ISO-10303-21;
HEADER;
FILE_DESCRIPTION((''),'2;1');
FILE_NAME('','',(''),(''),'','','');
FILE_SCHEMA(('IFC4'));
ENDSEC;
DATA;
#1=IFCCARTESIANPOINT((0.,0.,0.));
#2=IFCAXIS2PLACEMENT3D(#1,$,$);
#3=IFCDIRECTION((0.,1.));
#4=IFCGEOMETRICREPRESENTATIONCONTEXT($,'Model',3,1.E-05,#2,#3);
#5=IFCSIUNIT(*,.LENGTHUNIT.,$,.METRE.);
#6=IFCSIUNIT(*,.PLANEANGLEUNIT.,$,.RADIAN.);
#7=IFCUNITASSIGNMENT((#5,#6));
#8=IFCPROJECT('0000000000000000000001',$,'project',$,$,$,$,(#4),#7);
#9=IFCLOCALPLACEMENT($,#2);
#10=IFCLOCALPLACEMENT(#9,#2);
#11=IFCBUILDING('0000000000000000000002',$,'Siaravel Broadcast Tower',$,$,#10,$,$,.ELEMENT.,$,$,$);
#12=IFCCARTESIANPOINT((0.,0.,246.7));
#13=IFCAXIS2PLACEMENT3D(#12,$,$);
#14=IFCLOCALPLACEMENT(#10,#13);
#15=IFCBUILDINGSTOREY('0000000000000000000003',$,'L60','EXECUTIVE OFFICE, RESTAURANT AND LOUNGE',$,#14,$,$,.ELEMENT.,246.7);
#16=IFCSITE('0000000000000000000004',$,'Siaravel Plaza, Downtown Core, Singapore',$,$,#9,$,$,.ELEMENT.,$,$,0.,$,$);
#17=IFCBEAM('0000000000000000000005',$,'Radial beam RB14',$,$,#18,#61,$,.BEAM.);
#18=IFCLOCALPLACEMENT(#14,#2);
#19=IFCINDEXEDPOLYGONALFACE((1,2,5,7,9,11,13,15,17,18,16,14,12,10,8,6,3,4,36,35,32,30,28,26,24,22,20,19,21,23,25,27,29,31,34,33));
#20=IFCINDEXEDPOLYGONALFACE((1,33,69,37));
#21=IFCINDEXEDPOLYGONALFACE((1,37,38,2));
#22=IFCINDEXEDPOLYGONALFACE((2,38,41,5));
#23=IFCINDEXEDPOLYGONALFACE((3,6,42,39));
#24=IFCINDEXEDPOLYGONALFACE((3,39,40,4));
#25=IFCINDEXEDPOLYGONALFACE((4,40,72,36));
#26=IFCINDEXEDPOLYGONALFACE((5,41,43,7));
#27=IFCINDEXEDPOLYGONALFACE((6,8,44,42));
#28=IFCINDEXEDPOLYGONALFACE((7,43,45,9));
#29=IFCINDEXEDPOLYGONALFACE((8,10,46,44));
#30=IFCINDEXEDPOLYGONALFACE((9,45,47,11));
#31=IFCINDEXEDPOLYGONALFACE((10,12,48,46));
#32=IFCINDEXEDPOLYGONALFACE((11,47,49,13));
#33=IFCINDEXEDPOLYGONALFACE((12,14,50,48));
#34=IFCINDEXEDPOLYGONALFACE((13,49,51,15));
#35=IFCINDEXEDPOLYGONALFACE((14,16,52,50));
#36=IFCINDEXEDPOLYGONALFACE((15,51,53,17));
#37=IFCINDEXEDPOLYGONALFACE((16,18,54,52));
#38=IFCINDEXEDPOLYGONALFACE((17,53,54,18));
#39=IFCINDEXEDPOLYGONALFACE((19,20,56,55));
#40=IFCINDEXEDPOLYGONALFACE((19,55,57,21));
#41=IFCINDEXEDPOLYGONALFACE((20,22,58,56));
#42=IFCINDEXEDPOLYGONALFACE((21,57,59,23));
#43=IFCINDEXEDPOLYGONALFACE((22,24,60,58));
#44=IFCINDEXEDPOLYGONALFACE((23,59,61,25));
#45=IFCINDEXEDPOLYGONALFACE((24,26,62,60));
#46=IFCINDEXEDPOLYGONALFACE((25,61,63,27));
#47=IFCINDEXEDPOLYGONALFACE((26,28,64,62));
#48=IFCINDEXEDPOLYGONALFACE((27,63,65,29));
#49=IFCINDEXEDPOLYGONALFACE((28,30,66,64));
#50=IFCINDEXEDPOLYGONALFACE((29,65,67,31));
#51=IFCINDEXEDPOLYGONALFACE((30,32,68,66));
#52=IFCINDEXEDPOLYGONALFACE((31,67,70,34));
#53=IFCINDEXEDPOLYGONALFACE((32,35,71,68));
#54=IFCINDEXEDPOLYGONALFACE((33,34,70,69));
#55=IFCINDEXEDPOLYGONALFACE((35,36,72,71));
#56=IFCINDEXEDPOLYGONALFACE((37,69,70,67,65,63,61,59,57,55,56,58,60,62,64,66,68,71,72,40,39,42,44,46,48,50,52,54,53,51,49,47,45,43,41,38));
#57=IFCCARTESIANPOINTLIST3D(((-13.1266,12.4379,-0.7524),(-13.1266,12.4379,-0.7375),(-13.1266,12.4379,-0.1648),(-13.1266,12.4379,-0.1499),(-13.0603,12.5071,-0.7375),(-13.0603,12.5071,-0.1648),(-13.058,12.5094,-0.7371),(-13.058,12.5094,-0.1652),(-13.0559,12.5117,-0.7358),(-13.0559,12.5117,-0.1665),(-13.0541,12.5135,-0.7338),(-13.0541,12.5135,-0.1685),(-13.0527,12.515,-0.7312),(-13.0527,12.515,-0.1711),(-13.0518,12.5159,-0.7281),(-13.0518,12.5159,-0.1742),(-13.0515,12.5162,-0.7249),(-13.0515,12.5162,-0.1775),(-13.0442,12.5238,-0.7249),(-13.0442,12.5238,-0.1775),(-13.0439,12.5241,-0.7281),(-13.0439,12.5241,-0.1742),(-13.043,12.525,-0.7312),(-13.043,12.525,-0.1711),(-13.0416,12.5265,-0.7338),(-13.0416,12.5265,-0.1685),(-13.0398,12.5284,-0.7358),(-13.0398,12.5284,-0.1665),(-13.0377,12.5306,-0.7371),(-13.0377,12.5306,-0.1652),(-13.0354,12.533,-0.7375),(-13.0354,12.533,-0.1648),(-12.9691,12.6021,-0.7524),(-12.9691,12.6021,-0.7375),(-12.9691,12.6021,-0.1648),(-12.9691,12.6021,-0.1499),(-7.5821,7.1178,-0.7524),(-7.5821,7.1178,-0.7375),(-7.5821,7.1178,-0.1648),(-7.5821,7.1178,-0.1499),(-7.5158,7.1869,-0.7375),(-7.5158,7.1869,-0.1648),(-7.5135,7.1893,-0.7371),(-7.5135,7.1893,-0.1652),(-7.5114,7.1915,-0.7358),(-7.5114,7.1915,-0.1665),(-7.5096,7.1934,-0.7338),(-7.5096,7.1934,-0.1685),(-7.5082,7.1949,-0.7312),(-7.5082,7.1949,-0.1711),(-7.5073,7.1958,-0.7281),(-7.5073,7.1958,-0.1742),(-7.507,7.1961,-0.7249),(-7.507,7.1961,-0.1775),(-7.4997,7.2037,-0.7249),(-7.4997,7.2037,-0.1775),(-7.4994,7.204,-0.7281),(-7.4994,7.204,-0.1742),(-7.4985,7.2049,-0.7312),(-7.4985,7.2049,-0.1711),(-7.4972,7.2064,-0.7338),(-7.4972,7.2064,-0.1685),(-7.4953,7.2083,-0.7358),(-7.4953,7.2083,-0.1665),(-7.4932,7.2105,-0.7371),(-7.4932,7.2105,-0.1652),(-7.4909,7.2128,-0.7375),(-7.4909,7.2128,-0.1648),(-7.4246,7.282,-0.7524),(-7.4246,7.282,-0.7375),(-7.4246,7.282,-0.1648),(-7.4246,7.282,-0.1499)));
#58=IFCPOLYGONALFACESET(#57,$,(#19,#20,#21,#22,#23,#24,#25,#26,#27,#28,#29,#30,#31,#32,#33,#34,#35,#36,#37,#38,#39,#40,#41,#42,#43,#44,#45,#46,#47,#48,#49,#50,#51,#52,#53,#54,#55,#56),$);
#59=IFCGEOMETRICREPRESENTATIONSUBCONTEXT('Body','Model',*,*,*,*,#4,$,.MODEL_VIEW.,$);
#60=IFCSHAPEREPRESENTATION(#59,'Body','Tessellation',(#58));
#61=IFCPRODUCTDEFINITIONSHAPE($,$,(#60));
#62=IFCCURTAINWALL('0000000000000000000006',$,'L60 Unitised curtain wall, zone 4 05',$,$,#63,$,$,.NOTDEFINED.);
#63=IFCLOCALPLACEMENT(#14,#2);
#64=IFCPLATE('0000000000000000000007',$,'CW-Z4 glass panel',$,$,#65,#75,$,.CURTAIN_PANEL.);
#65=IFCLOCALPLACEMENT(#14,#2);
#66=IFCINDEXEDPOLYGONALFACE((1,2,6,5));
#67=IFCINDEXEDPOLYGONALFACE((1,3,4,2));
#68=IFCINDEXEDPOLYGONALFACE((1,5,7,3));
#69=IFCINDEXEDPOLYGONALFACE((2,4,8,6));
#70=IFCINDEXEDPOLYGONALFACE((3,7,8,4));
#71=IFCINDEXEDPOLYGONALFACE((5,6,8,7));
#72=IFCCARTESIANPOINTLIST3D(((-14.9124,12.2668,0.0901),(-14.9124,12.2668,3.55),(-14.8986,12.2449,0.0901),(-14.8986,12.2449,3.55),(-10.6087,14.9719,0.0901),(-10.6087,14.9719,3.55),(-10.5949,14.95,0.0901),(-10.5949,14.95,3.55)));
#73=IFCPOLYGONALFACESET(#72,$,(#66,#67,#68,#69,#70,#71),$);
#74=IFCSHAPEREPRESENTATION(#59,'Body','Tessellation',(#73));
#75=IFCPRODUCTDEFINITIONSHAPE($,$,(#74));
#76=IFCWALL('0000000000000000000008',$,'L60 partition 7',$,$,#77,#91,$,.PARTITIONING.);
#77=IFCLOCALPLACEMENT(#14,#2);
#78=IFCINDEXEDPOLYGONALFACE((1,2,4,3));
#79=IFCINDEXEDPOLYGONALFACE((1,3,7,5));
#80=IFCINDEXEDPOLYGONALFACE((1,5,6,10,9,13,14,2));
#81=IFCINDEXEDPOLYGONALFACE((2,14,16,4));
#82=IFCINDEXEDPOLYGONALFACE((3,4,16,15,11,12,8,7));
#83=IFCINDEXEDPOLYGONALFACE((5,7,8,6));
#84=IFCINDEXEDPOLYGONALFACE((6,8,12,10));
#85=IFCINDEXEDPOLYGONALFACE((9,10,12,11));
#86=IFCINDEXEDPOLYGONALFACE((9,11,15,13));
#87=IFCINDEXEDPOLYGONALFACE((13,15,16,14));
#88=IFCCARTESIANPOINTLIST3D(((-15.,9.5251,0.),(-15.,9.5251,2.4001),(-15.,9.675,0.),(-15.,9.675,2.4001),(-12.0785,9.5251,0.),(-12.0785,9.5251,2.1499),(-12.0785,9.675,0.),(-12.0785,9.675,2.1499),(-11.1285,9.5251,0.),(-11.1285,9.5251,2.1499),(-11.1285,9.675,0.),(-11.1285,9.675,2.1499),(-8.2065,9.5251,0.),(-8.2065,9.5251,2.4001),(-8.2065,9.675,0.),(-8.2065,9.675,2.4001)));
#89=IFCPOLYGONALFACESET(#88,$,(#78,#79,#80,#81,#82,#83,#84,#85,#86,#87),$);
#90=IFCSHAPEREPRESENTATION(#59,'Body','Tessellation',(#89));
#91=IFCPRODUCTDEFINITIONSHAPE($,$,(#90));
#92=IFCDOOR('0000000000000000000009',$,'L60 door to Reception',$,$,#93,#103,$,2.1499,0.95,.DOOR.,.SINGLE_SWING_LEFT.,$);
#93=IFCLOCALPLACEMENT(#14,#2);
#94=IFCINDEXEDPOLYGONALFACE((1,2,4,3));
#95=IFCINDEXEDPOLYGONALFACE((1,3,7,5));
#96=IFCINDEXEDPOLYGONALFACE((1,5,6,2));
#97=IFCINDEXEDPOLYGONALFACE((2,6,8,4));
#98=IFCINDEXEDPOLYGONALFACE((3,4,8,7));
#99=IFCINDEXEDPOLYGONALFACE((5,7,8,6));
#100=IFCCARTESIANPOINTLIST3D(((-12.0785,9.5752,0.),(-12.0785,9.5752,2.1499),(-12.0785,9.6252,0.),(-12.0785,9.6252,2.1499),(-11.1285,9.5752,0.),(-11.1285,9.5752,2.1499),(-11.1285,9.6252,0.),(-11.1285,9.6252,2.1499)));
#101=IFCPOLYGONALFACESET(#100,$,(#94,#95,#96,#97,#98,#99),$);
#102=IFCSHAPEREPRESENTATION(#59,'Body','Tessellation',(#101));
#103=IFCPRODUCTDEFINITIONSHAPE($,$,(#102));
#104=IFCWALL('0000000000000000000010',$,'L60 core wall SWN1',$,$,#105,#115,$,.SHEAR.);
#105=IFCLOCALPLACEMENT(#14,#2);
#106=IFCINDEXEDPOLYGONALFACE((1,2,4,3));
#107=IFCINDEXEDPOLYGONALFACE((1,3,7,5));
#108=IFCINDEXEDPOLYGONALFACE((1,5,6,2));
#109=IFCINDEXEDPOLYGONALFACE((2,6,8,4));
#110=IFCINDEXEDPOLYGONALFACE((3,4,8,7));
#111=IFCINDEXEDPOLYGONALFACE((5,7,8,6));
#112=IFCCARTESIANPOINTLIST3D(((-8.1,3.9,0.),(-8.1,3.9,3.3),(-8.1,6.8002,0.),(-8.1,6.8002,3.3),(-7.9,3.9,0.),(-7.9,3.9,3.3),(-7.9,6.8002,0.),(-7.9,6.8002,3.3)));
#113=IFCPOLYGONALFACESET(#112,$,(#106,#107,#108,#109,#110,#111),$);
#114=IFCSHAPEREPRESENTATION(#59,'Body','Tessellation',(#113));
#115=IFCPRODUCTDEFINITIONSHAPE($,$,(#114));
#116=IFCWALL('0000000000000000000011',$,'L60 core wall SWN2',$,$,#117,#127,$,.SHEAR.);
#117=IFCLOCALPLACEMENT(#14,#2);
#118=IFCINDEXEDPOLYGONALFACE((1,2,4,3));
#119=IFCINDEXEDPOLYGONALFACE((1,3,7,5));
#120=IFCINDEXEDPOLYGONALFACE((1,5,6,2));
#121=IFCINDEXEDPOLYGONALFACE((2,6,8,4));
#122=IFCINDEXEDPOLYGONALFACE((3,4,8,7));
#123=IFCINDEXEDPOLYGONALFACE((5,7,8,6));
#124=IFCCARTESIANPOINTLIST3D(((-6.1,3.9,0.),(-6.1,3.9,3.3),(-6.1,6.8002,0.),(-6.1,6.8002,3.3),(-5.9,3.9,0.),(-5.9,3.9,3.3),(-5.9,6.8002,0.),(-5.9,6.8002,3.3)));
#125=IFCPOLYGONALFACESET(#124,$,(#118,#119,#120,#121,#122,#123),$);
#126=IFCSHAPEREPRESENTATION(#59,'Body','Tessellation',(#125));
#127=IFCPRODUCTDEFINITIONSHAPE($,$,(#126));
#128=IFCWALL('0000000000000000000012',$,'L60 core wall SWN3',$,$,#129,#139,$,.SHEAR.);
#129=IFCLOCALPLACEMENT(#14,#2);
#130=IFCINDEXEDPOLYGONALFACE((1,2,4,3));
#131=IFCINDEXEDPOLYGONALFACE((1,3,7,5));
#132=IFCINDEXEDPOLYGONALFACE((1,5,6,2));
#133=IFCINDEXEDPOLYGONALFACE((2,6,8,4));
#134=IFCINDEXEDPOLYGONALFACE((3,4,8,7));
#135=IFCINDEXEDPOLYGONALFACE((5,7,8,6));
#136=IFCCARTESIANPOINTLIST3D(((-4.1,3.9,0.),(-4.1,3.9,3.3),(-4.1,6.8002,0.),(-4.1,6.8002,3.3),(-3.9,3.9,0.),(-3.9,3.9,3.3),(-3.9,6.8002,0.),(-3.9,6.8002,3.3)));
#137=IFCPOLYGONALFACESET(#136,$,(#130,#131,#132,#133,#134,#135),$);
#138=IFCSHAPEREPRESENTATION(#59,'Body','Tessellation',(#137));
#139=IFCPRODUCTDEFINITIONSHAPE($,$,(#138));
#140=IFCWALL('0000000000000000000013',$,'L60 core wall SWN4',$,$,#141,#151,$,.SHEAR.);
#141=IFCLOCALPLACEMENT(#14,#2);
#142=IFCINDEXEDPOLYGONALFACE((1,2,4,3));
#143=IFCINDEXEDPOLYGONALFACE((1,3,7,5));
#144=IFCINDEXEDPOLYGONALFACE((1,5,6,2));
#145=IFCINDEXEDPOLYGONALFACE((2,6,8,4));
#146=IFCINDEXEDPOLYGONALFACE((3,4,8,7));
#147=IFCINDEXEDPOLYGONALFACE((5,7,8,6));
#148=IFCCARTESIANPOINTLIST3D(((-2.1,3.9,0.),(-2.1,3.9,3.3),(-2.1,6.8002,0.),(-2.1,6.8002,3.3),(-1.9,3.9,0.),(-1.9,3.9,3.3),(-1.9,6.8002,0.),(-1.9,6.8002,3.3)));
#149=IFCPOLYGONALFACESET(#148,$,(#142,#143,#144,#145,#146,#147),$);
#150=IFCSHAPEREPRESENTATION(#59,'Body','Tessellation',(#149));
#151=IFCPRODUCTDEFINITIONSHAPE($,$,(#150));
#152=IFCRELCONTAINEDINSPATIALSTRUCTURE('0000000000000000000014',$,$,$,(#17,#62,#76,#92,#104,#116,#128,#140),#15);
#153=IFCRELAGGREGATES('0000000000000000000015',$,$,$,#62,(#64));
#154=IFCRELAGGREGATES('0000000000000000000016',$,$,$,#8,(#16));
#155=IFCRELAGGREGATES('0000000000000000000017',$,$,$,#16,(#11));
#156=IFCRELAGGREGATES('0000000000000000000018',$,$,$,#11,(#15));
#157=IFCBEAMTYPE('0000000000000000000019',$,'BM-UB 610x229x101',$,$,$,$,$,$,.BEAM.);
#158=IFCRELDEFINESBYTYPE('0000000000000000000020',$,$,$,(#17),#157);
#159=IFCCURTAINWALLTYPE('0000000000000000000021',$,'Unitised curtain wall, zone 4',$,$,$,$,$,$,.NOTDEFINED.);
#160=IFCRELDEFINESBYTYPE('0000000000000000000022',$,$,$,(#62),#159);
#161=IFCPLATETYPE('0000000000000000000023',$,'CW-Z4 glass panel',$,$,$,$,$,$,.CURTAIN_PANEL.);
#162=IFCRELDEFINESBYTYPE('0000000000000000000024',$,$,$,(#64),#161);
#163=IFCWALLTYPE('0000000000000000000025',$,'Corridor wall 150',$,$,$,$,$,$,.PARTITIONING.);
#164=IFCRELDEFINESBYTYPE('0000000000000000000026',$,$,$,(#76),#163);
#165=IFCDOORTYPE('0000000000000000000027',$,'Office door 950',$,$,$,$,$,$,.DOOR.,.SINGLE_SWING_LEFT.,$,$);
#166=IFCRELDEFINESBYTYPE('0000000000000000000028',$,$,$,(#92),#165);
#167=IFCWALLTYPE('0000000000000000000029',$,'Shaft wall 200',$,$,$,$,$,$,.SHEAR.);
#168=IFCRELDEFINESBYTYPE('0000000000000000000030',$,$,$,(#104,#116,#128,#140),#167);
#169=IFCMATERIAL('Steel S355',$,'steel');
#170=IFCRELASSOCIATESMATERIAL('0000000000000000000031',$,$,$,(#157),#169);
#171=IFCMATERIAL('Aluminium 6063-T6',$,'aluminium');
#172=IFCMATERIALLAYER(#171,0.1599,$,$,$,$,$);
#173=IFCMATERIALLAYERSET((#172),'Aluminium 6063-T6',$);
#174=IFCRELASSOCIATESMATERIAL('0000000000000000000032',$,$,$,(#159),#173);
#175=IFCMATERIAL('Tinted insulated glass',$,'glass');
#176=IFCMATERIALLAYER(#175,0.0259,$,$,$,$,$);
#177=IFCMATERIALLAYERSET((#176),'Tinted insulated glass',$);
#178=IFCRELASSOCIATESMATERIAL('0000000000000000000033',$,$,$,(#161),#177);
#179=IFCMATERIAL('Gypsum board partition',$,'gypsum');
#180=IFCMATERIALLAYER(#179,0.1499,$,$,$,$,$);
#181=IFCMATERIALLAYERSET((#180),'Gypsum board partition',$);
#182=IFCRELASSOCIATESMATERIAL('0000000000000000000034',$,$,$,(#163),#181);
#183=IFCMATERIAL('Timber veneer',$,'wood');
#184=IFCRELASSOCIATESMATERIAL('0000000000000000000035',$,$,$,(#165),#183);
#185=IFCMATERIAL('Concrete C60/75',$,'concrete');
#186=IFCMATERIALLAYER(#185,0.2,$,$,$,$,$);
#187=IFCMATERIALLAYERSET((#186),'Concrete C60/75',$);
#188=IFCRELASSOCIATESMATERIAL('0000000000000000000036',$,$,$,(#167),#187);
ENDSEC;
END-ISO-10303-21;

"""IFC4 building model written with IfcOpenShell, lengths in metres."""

from ifc_helpers import new_model, si_unit, direction, frame, frame_2d, origin, origin_2d, place, context, subcontext, project, spatial, rectangle, i_section, extrude, material, layer, layer_set, material_profile, profile_set, type_object, element, fill, aggregate, save


model = new_model("IFC4")

# Units and contexts
model_context = context("Model", 3, precision=1e-05, world=origin(), true_north=direction((0.0, 1.0)))
body_context = subcontext(model_context, "Body", "Model", "MODEL_VIEW")
ifc_project = project(units=[si_unit("LENGTHUNIT", "METRE"), si_unit("PLANEANGLEUNIT", "RADIAN")], contexts=[model_context])

# Site, building, storey
site_placement = place(None, origin())
site = spatial("IfcSite", under=ifc_project, at=site_placement, Name="Siaravel Plaza, Downtown Core, Singapore", CompositionType="ELEMENT", RefElevation=0.0)
building_placement = place(site_placement, origin())
building = spatial("IfcBuilding", under=site, at=building_placement, Name="Siaravel Broadcast Tower", CompositionType="ELEMENT")
storey_placement = place(building_placement, frame((0.0, 0.0, 246.7)))
storey = spatial("IfcBuildingStorey", under=building, at=storey_placement, Name="L60", Description="EXECUTIVE OFFICE, RESTAURANT AND LOUNGE", CompositionType="ELEMENT", Elevation=246.7)

# Beam
ifc_material_1 = material(Name="Steel S355", Category="steel")
ifc_material_profile = material_profile(ifc_material_1, i_section(OverallWidth=0.2275, OverallDepth=0.6025, WebThickness=0.0105, FlangeThickness=0.0149, FilletRadius=0.0127, at=origin_2d()))
ifc_profile_set = profile_set([ifc_material_profile], Name="Steel S355")
beam_type = type_object("IfcBeamType", Name="BM-UB 610x229x101", PredefinedType="BEAM", material=ifc_profile_set)
beam_placement = place(storey_placement, frame((-13.0479, 12.52, -0.4512), z_axis=(0.721556, -0.692357, 0.0), x_axis=(0.692357, 0.721556, 0.0)))
element("IfcBeam", 1, at=beam_placement, inside=storey, type_object=beam_type, Name="Radial beam RB14", PredefinedType="BEAM", context=body_context, shape_type="SweptSolid", body=[
    extrude(i_section(OverallWidth=0.2275, OverallDepth=0.6025, WebThickness=0.0105, FlangeThickness=0.0149, FilletRadius=0.0127, at=origin_2d()), origin(), (0.0, 0.0, 1.0), 7.6841),
])

# Curtain wall, plate
ifc_material_2 = material(Name="Aluminium 6063-T6", Category="aluminium")
ifc_layer_1 = layer(ifc_material_2, 0.1599)
ifc_layer_set_1 = layer_set([ifc_layer_1], Name="Aluminium 6063-T6")
curtain_wall_type = type_object("IfcCurtainWallType", Name="Unitised curtain wall, zone 4", PredefinedType="NOTDEFINED", material=ifc_layer_set_1)
curtain_wall_placement = place(storey_placement, origin())
curtain_wall = element("IfcCurtainWall", 2, at=curtain_wall_placement, inside=storey, type_object=curtain_wall_type, Name="L60 Unitised curtain wall, zone 4 05", PredefinedType="NOTDEFINED")
ifc_material_3 = material(Name="Tinted insulated glass", Category="glass")
ifc_layer_2 = layer(ifc_material_3, 0.0259)
ifc_layer_set_2 = layer_set([ifc_layer_2], Name="Tinted insulated glass")
plate_type = type_object("IfcPlateType", Name="CW-Z4 glass panel", PredefinedType="CURTAIN_PANEL", material=ifc_layer_set_2)
plate_placement = place(storey_placement, frame((-12.7537, 13.6084, 0.0901), z_axis=(0.0, 0.0, 1.0), x_axis=(-0.84665, -0.53215, 0.0)))
plate = element("IfcPlate", 3, at=plate_placement, type_object=plate_type, Name="CW-Z4 glass panel", PredefinedType="CURTAIN_PANEL", context=body_context, shape_type="SweptSolid", body=[
    extrude(rectangle(XDim=5.0833, YDim=0.0259, at=origin_2d()), origin(), (0.0, 0.0, 1.0), 3.46),
])
aggregate(curtain_wall, [plate])

# Shared definitions
ifc_material_4 = material(Name="Concrete C60/75", Category="concrete")
ifc_material_5 = material(Name="Timber veneer", Category="wood")

# Wall, opening, door
ifc_material_6 = material(Name="Gypsum board partition", Category="gypsum")
ifc_layer_3 = layer(ifc_material_6, 0.1499)
ifc_layer_set_3 = layer_set([ifc_layer_3], Name="Gypsum board partition")
wall_type_1 = type_object("IfcWallType", Name="Corridor wall 150", PredefinedType="PARTITIONING", material=ifc_layer_set_3)
wall_1_placement = place(storey_placement, frame((-8.2065, 9.6001, 0.0), z_axis=(0.0, 0.0, 1.0), x_axis=(-1.0, 0.0, 0.0)))
wall_1 = element("IfcWall", 4, at=wall_1_placement, inside=storey, type_object=wall_type_1, Name="L60 partition 7", PredefinedType="PARTITIONING", context=body_context, shape_type="SweptSolid", body=[
    extrude(rectangle(XDim=6.7935, YDim=0.1499, at=frame_2d((3.3967, 0.0))), origin(), (0.0, 0.0, 1.0), 2.4001),
])
opening_1_placement = place(wall_1_placement, frame((2.9219, 0.0, 0.0)))
opening_1 = element("IfcOpeningElement", 5, at=opening_1_placement, cuts=wall_1, PredefinedType="OPENING", context=body_context, shape_type="SweptSolid", body=[
    extrude(rectangle(XDim=0.95, YDim=2.1499, at=frame_2d((0.4751, 1.075))), frame((0.0, 0.085, 0.0), z_axis=(0.0, -1.0, 0.0), x_axis=(1.0, 0.0, 0.0)), (0.0, 0.0, 1.0), 0.1699),
])
door_type_1 = type_object("IfcDoorType", Name="Office door 950", OperationType="SINGLE_SWING_LEFT", PredefinedType="DOOR", material=ifc_material_5)
door_1_placement = place(opening_1_placement, origin())
door_1 = element("IfcDoor", 6, at=door_1_placement, inside=storey, type_object=door_type_1, Name="L60 door to Reception", OperationType="SINGLE_SWING_LEFT", OverallHeight=2.1499, OverallWidth=0.95, PredefinedType="DOOR", context=body_context, shape_type="SweptSolid", body=[
    extrude(rectangle(XDim=0.95, YDim=2.1499, at=frame_2d((0.4751, 1.075))), frame((0.0, 0.0249, 0.0), z_axis=(0.0, -1.0, 0.0), x_axis=(1.0, 0.0, 0.0)), (0.0, 0.0, 1.0), 0.05),
])
fill(opening_1, door_1)

# Walls
ifc_layer_4 = layer(ifc_material_4, 0.2)
ifc_layer_set_4 = layer_set([ifc_layer_4], Name="Concrete C60/75")
wall_type_2 = type_object("IfcWallType", Name="Shaft wall 200", PredefinedType="SHEAR", material=ifc_layer_set_4)
for number, where, z_axis, x_axis, name in (
    (7, (-8.0, 3.8999, 0.0), (0.0, 0.0, 1.0), (0.0, 1.0, 0.0), "L60 core wall SWN1"),
    (8, (-6.0, 3.8999, 0.0), (0.0, 0.0, 1.0), (0.0, 1.0, 0.0), "L60 core wall SWN2"),
    (9, (-4.0, 3.8999, 0.0), (0.0, 0.0, 1.0), (0.0, 1.0, 0.0), "L60 core wall SWN3"),
    (10, (-2.0, 3.8999, 0.0), (0.0, 0.0, 1.0), (0.0, 1.0, 0.0), "L60 core wall SWN4"),
):
    element("IfcWall", number, at=place(storey_placement, frame(where, z_axis=z_axis, x_axis=x_axis)), inside=storey, type_object=wall_type_2, Name=name, PredefinedType="SHEAR", context=body_context, shape_type="SweptSolid", body=[
        extrude(rectangle(XDim=2.9001, YDim=0.2, at=frame_2d((1.4502, 0.0))), origin(), (0.0, 0.0, 1.0), 3.3),
    ])

save(model, "model.ifc")
